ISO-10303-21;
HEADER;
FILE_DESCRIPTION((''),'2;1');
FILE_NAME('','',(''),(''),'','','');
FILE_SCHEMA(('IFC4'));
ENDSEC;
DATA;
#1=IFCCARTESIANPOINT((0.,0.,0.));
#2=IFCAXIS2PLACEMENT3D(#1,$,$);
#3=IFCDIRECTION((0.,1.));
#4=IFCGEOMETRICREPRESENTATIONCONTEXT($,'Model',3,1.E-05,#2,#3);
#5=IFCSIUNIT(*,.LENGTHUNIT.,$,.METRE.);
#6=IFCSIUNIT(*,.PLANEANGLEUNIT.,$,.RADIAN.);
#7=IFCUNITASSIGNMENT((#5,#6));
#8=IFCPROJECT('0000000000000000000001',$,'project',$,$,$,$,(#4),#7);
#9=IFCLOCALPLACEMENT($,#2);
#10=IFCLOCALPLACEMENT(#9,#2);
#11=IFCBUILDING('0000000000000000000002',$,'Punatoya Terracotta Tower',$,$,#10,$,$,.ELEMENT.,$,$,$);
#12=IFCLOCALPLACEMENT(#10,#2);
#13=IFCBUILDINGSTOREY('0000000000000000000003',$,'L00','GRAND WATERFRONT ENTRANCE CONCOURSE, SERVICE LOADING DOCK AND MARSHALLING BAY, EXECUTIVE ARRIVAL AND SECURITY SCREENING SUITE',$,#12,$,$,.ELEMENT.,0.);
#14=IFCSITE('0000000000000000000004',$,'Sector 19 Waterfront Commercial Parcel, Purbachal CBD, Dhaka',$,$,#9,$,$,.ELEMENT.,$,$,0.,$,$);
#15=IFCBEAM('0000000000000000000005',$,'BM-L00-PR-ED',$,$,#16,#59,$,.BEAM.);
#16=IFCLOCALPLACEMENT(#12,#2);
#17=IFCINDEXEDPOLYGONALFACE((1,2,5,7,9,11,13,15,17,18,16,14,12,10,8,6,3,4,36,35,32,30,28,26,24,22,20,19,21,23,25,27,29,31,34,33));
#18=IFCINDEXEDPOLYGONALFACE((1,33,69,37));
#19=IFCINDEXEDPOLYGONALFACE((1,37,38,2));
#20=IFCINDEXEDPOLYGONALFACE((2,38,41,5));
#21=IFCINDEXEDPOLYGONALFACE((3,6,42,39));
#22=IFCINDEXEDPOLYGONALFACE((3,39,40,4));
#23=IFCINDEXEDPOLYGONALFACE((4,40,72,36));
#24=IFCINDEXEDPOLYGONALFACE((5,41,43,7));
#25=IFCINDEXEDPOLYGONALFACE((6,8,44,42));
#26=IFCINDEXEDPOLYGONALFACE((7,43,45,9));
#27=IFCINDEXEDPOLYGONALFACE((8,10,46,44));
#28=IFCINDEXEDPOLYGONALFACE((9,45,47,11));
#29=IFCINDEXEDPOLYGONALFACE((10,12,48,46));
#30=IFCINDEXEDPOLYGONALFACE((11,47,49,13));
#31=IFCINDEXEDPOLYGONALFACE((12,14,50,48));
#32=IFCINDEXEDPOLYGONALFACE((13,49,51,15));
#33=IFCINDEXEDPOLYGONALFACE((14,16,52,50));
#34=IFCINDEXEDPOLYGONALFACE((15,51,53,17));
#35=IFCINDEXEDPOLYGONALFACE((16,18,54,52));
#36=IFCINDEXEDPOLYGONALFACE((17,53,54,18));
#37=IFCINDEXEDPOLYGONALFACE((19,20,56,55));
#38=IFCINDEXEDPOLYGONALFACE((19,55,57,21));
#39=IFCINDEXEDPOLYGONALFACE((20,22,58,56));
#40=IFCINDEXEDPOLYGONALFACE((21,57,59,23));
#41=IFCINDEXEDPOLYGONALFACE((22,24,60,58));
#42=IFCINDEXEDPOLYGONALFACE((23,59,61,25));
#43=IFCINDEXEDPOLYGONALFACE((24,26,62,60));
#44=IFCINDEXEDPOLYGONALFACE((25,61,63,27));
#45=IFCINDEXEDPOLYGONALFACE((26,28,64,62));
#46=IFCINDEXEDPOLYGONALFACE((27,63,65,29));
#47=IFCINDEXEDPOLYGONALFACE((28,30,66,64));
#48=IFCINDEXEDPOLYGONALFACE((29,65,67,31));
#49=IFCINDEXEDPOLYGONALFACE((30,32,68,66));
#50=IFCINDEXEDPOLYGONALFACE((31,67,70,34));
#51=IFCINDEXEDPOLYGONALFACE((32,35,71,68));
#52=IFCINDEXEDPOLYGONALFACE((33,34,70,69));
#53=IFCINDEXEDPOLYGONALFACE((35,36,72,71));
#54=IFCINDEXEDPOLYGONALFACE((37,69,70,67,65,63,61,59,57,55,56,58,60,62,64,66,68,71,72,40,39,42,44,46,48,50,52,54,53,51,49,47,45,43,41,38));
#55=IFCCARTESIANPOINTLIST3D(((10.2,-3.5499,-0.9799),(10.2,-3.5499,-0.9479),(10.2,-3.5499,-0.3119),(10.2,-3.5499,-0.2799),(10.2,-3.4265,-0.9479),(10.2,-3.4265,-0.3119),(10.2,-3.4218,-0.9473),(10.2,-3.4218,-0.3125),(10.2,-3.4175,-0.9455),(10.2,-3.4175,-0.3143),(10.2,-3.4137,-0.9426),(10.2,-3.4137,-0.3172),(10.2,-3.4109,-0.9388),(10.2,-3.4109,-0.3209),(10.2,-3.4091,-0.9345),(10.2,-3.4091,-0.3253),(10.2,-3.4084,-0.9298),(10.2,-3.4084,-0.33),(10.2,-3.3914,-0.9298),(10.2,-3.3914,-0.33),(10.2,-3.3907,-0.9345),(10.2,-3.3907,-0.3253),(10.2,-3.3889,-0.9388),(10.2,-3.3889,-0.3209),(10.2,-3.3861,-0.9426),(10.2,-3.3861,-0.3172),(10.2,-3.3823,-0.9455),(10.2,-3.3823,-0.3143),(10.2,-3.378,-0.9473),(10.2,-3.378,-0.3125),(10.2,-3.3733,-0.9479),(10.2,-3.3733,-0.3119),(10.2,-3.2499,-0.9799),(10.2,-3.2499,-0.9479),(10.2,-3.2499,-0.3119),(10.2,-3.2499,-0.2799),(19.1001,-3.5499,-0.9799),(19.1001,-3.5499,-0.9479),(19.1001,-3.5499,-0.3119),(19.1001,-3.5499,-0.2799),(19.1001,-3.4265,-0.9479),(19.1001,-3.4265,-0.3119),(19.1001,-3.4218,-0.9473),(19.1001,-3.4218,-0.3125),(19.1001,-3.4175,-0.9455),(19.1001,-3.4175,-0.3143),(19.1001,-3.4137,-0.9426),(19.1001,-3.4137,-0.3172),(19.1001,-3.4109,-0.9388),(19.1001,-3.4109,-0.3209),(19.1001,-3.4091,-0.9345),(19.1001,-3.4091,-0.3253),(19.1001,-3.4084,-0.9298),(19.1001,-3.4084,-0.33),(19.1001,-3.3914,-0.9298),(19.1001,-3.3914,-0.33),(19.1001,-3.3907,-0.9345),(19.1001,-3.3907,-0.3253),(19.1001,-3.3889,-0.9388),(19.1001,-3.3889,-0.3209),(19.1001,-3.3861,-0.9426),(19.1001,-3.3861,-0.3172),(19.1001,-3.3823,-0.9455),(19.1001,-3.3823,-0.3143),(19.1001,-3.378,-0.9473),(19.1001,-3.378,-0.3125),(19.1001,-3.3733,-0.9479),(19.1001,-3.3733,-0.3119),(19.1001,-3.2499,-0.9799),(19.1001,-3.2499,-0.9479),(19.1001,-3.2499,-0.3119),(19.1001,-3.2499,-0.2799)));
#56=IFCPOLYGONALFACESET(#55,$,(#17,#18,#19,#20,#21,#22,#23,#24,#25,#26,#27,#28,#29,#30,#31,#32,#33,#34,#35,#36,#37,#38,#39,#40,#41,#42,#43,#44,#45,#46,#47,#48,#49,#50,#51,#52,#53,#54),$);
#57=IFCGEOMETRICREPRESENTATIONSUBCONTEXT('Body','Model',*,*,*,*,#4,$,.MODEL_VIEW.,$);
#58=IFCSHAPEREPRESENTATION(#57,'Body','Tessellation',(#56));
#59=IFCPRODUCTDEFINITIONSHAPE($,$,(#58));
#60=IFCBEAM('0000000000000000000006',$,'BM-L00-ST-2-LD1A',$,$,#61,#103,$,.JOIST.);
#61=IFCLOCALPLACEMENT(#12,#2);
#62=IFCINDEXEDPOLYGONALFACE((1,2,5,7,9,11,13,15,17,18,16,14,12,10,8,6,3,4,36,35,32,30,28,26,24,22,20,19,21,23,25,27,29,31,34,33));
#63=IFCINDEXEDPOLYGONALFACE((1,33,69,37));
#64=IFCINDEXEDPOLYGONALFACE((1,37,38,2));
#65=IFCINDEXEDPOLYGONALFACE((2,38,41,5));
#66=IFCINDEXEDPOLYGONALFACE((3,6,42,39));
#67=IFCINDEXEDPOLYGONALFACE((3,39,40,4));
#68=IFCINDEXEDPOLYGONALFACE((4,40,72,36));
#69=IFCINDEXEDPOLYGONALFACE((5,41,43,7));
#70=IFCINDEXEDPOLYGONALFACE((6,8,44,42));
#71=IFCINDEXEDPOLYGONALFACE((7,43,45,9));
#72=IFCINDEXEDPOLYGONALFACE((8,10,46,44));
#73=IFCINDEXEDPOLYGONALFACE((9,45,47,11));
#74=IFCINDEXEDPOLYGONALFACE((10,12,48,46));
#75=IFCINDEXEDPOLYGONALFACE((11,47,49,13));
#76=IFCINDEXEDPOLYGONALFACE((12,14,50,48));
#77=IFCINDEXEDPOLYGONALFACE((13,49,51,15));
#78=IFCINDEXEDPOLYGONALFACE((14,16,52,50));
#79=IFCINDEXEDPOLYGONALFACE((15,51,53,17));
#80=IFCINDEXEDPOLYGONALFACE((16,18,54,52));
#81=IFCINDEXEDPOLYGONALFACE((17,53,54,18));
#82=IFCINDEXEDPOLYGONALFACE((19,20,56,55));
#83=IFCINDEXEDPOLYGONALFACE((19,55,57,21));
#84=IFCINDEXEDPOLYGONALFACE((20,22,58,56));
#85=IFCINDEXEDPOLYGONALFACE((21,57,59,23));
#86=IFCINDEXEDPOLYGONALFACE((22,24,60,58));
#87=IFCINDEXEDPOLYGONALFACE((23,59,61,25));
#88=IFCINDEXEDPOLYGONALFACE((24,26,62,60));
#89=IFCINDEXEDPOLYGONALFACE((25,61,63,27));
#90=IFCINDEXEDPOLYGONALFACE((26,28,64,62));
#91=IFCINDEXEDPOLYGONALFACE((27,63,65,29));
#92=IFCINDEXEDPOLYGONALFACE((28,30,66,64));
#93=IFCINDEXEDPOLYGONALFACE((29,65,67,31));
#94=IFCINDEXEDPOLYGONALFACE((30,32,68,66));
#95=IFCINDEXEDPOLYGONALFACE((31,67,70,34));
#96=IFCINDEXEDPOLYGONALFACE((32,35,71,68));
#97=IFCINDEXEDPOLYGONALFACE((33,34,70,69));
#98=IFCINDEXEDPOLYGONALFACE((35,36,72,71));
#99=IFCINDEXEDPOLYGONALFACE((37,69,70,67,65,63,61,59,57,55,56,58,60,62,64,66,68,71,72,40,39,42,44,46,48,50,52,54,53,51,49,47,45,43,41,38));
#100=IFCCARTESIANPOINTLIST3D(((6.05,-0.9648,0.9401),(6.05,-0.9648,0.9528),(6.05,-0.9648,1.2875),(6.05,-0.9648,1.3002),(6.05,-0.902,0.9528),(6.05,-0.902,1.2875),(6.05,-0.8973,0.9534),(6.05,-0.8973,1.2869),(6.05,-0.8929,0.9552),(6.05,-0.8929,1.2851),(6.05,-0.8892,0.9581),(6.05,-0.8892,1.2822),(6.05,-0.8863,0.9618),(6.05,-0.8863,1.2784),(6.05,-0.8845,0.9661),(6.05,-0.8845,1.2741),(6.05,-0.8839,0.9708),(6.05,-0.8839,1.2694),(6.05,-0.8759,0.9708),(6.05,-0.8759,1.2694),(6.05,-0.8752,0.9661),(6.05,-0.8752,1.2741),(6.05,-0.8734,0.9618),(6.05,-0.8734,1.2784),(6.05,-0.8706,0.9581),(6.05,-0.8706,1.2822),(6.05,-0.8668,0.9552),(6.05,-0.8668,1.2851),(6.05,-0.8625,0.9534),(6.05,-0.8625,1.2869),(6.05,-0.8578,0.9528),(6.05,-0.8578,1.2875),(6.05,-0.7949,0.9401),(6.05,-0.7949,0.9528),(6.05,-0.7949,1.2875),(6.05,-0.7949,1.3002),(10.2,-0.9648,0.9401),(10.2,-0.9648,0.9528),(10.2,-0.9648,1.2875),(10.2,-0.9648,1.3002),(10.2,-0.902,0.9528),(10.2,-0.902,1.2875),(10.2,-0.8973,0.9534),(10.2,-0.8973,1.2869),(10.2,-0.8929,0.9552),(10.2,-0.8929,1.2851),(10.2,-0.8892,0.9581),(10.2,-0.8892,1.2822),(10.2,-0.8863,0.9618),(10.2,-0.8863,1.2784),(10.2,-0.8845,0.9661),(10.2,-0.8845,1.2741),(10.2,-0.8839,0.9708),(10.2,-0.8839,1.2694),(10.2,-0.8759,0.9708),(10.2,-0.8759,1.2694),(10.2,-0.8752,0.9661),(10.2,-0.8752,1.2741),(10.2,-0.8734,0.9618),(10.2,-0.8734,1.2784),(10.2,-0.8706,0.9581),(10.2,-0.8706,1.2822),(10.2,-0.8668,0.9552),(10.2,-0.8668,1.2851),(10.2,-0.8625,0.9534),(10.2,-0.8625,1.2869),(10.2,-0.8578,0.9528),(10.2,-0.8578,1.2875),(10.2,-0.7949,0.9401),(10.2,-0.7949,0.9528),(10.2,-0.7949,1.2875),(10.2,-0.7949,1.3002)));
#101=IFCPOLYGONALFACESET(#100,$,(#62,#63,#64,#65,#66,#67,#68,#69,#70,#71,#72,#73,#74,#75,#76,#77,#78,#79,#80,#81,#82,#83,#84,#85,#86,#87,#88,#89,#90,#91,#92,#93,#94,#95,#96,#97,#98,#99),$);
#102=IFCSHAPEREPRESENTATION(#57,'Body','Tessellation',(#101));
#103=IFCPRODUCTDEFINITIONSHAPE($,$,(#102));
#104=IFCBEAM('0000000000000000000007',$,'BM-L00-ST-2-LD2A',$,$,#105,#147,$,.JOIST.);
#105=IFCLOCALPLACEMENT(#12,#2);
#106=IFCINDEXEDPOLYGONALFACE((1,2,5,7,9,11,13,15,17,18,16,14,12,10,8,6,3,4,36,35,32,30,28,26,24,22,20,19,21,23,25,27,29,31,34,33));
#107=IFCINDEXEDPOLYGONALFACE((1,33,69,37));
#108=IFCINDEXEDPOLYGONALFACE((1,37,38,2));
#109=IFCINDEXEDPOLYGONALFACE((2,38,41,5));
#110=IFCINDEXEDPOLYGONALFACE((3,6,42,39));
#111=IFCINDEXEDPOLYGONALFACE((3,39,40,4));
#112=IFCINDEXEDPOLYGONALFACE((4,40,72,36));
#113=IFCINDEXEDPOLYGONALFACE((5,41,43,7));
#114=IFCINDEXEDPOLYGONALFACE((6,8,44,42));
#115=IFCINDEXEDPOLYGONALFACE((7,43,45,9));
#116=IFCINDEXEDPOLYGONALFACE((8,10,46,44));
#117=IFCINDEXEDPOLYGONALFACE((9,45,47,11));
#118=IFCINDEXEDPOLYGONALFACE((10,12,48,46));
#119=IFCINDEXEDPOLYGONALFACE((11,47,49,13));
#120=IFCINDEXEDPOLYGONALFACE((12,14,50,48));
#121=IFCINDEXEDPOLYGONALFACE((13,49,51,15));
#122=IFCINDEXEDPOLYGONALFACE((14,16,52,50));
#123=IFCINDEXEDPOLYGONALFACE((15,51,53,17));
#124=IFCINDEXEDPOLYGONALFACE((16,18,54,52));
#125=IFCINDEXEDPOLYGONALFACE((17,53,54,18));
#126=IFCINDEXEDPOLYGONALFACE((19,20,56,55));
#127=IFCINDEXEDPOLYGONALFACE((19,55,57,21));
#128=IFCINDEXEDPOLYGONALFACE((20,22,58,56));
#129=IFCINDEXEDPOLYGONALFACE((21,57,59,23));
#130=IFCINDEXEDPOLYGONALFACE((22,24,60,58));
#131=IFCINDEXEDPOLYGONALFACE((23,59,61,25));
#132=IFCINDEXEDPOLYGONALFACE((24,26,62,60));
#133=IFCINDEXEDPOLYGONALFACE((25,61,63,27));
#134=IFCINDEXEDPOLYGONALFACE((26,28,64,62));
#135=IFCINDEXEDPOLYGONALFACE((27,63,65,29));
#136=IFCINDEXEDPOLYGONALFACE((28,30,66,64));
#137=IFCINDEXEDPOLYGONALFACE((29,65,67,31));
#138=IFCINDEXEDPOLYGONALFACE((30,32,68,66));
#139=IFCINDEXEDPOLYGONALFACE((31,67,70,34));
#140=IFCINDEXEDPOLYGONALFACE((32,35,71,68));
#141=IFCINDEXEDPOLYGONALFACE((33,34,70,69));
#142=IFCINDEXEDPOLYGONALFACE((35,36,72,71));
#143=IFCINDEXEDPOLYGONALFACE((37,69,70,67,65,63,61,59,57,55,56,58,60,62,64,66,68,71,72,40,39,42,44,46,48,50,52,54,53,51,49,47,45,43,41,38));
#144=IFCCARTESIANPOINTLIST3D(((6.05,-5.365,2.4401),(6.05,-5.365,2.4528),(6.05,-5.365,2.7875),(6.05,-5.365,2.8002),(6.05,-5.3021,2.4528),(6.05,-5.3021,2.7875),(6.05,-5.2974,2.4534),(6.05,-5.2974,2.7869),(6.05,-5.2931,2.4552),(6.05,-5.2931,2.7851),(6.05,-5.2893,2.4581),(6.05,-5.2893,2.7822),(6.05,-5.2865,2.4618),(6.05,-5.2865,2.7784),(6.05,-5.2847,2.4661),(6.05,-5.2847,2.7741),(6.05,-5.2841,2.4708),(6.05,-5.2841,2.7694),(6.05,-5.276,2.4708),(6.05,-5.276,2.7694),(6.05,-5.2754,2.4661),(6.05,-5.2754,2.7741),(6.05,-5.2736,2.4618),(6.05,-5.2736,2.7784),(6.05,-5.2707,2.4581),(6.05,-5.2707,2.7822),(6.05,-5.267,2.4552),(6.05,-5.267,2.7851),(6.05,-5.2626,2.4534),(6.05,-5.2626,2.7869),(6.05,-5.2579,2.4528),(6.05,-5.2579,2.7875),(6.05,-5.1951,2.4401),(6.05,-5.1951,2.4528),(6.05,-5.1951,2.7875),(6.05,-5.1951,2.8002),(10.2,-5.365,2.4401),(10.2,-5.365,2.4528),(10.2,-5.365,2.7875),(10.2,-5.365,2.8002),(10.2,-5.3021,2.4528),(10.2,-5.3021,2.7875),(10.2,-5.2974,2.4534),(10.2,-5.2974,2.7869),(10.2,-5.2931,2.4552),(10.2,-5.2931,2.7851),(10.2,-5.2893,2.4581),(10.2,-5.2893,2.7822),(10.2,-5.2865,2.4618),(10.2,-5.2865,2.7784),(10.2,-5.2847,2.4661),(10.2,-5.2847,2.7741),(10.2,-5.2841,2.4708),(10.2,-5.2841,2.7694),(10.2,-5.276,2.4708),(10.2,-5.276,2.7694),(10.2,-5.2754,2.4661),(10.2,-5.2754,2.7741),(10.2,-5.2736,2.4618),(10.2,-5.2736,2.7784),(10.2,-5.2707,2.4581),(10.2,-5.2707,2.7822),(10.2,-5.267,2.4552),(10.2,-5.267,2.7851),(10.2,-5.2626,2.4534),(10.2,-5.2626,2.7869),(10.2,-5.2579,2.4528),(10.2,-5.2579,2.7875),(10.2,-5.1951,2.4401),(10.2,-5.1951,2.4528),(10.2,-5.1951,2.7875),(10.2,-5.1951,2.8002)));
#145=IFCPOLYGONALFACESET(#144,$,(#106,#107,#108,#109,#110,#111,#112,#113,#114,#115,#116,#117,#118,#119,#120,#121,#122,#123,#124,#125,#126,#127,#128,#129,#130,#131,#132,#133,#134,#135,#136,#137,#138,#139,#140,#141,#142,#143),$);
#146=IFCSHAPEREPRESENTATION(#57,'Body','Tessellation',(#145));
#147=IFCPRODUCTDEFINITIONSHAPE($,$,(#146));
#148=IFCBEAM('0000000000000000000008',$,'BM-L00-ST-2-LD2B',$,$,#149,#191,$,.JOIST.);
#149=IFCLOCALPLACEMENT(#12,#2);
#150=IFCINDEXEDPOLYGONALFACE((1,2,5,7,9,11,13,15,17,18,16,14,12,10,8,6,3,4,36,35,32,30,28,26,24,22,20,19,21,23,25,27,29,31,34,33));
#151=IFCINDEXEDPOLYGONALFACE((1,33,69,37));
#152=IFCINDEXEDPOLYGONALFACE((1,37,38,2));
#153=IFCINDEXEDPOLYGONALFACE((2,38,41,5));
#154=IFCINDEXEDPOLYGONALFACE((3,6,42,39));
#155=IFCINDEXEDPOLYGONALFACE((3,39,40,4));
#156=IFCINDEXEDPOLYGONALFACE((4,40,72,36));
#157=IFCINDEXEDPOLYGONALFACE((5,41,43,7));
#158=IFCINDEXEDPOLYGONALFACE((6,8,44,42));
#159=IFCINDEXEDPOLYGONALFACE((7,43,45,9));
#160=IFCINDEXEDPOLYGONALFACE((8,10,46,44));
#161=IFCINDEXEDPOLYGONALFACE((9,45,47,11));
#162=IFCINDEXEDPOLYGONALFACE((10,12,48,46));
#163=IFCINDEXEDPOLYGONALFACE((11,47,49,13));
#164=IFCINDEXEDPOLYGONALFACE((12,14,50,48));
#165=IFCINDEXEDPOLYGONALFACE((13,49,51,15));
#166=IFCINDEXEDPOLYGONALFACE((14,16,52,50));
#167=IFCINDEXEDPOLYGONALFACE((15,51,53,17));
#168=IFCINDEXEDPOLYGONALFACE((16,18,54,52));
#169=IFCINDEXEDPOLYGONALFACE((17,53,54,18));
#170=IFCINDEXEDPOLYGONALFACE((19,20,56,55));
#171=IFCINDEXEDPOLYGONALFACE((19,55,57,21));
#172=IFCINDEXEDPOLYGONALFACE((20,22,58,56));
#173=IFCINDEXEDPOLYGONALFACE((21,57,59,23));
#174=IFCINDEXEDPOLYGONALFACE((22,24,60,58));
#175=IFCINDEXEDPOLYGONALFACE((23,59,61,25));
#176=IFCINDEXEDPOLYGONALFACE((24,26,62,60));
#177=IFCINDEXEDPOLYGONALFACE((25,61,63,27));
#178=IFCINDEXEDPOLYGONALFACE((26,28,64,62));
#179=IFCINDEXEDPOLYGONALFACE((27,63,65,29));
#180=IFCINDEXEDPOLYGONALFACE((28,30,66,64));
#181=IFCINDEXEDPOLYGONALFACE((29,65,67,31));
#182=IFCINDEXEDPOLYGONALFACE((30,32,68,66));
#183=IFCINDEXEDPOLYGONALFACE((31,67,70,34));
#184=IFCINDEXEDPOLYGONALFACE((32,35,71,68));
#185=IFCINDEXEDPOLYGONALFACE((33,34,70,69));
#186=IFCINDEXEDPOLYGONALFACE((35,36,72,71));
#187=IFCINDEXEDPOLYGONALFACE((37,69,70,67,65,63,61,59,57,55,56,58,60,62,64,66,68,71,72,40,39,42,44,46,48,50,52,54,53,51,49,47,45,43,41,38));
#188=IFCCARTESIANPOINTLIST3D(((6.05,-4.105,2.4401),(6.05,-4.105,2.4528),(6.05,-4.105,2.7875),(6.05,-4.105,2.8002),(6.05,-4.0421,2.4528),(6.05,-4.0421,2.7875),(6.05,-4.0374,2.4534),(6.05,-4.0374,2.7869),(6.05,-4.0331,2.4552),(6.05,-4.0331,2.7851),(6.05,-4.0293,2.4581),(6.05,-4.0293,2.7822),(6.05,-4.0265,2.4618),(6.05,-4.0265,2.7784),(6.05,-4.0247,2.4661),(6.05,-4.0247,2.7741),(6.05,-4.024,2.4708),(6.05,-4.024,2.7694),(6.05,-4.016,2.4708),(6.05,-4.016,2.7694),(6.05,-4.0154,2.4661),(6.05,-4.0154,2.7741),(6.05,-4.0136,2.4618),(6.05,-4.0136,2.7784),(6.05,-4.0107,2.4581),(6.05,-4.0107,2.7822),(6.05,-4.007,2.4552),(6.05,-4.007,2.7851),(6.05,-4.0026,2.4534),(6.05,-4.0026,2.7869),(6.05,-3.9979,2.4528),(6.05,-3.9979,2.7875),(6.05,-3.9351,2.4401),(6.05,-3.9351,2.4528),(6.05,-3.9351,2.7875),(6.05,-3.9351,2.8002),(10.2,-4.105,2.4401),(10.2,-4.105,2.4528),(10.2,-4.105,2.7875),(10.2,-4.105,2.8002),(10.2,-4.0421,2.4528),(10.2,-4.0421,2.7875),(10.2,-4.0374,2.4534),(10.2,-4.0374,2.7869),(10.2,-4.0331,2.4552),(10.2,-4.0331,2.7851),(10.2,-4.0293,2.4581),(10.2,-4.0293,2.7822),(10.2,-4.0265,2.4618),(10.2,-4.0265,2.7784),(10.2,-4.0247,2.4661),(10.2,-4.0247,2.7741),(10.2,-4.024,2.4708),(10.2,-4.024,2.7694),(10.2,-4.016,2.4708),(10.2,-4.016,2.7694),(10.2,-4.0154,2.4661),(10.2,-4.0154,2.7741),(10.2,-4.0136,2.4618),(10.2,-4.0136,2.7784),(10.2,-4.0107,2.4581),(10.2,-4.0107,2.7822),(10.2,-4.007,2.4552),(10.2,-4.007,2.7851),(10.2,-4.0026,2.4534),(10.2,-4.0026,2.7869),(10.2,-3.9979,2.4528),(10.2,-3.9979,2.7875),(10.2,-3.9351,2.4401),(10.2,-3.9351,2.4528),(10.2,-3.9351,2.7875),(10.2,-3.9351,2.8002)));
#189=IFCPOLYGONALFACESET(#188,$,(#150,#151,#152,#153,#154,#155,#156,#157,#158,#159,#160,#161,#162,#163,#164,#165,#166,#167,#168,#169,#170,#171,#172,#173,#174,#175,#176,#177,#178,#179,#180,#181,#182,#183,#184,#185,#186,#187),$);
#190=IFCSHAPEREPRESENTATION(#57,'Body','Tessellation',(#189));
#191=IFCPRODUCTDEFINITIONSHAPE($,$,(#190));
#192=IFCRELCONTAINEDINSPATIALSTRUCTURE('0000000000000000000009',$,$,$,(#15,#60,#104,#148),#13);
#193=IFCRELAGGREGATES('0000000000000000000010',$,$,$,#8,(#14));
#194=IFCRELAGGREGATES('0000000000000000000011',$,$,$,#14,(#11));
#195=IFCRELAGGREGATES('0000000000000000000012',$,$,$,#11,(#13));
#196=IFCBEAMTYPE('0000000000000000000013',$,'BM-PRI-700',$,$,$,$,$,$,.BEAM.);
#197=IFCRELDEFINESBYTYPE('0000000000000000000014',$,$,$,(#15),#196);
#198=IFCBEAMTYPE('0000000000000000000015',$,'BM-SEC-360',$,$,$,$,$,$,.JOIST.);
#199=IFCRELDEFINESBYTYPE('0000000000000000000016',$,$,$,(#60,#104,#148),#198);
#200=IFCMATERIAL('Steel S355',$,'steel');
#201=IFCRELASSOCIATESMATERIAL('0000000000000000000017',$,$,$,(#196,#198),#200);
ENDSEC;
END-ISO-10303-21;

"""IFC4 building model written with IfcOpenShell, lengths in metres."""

from ifc_helpers import new_model, si_unit, direction, frame, origin, origin_2d, place, context, subcontext, project, spatial, i_section, extrude, material, material_profile, profile_set, type_object, element, save


model = new_model("IFC4")

# Units and contexts
model_context = context("Model", 3, precision=1e-05, world=origin(), true_north=direction((0.0, 1.0)))
body_context = subcontext(model_context, "Body", "Model", "MODEL_VIEW")
ifc_project = project(units=[si_unit("LENGTHUNIT", "METRE"), si_unit("PLANEANGLEUNIT", "RADIAN")], contexts=[model_context])

# Site, building, storey
site_placement = place(None, origin())
site = spatial("IfcSite", under=ifc_project, at=site_placement, Name="Sector 19 Waterfront Commercial Parcel, Purbachal CBD, Dhaka", CompositionType="ELEMENT", RefElevation=0.0)
building_placement = place(site_placement, origin())
building = spatial("IfcBuilding", under=site, at=building_placement, Name="Punatoya Terracotta Tower", CompositionType="ELEMENT")
storey_placement = place(building_placement, origin())
storey = spatial("IfcBuildingStorey", under=building, at=storey_placement, Name="L00", Description="GRAND WATERFRONT ENTRANCE CONCOURSE, SERVICE LOADING DOCK AND MARSHALLING BAY, EXECUTIVE ARRIVAL AND SECURITY SCREENING SUITE", CompositionType="ELEMENT", Elevation=0.0)

# Beams
ifc_material_1 = material(Name="Steel S355", Category="steel")
ifc_material_profile_1 = material_profile(ifc_material_1, i_section(OverallWidth=0.3, OverallDepth=0.7, WebThickness=0.0171, FlangeThickness=0.032, FilletRadius=0.0181, at=origin_2d()))
ifc_profile_set_1 = profile_set([ifc_material_profile_1], Name="Steel S355")
beam_type_1 = type_object("IfcBeamType", Name="BM-PRI-700", PredefinedType="BEAM", material=ifc_profile_set_1)
beam_placement = place(storey_placement, frame((10.2, -3.3999, -0.6299), z_axis=(1.0, 0.0, 0.0), x_axis=(0.0, 1.0, 0.0)))
element("IfcBeam", 1, at=beam_placement, inside=storey, type_object=beam_type_1, Name="BM-L00-PR-ED", PredefinedType="BEAM", context=body_context, shape_type="SweptSolid", body=[
    extrude(i_section(OverallWidth=0.3, OverallDepth=0.7, WebThickness=0.0171, FlangeThickness=0.032, FilletRadius=0.0181, at=origin_2d()), origin(), (0.0, 0.0, 1.0), 8.9001),
])
ifc_material_profile_2 = material_profile(ifc_material_1, i_section(OverallWidth=0.1699, OverallDepth=0.3601, WebThickness=0.0081, FlangeThickness=0.0127, FilletRadius=0.0181, at=origin_2d()))
ifc_profile_set_2 = profile_set([ifc_material_profile_2], Name="Steel S355")
beam_type_2 = type_object("IfcBeamType", Name="BM-SEC-360", PredefinedType="JOIST", material=ifc_profile_set_2)
for number, where, z_axis, x_axis, name in (
    (2, (6.05, -0.8799, 1.1201), (1.0, 0.0, 0.0), (0.0, 1.0, 0.0), "BM-L00-ST-2-LD1A"),
    (3, (6.05, -5.28, 2.6201), (1.0, 0.0, 0.0), (0.0, 1.0, 0.0), "BM-L00-ST-2-LD2A"),
    (4, (6.05, -4.02, 2.6201), (1.0, 0.0, 0.0), (0.0, 1.0, 0.0), "BM-L00-ST-2-LD2B"),
):
    element("IfcBeam", number, at=place(storey_placement, frame(where, z_axis=z_axis, x_axis=x_axis)), inside=storey, type_object=beam_type_2, Name=name, PredefinedType="JOIST", context=body_context, shape_type="SweptSolid", body=[
        extrude(i_section(OverallWidth=0.1699, OverallDepth=0.3601, WebThickness=0.0081, FlangeThickness=0.0127, FilletRadius=0.0181, at=origin_2d()), origin(), (0.0, 0.0, 1.0), 4.1499),
    ])

save(model, "model.ifc")
